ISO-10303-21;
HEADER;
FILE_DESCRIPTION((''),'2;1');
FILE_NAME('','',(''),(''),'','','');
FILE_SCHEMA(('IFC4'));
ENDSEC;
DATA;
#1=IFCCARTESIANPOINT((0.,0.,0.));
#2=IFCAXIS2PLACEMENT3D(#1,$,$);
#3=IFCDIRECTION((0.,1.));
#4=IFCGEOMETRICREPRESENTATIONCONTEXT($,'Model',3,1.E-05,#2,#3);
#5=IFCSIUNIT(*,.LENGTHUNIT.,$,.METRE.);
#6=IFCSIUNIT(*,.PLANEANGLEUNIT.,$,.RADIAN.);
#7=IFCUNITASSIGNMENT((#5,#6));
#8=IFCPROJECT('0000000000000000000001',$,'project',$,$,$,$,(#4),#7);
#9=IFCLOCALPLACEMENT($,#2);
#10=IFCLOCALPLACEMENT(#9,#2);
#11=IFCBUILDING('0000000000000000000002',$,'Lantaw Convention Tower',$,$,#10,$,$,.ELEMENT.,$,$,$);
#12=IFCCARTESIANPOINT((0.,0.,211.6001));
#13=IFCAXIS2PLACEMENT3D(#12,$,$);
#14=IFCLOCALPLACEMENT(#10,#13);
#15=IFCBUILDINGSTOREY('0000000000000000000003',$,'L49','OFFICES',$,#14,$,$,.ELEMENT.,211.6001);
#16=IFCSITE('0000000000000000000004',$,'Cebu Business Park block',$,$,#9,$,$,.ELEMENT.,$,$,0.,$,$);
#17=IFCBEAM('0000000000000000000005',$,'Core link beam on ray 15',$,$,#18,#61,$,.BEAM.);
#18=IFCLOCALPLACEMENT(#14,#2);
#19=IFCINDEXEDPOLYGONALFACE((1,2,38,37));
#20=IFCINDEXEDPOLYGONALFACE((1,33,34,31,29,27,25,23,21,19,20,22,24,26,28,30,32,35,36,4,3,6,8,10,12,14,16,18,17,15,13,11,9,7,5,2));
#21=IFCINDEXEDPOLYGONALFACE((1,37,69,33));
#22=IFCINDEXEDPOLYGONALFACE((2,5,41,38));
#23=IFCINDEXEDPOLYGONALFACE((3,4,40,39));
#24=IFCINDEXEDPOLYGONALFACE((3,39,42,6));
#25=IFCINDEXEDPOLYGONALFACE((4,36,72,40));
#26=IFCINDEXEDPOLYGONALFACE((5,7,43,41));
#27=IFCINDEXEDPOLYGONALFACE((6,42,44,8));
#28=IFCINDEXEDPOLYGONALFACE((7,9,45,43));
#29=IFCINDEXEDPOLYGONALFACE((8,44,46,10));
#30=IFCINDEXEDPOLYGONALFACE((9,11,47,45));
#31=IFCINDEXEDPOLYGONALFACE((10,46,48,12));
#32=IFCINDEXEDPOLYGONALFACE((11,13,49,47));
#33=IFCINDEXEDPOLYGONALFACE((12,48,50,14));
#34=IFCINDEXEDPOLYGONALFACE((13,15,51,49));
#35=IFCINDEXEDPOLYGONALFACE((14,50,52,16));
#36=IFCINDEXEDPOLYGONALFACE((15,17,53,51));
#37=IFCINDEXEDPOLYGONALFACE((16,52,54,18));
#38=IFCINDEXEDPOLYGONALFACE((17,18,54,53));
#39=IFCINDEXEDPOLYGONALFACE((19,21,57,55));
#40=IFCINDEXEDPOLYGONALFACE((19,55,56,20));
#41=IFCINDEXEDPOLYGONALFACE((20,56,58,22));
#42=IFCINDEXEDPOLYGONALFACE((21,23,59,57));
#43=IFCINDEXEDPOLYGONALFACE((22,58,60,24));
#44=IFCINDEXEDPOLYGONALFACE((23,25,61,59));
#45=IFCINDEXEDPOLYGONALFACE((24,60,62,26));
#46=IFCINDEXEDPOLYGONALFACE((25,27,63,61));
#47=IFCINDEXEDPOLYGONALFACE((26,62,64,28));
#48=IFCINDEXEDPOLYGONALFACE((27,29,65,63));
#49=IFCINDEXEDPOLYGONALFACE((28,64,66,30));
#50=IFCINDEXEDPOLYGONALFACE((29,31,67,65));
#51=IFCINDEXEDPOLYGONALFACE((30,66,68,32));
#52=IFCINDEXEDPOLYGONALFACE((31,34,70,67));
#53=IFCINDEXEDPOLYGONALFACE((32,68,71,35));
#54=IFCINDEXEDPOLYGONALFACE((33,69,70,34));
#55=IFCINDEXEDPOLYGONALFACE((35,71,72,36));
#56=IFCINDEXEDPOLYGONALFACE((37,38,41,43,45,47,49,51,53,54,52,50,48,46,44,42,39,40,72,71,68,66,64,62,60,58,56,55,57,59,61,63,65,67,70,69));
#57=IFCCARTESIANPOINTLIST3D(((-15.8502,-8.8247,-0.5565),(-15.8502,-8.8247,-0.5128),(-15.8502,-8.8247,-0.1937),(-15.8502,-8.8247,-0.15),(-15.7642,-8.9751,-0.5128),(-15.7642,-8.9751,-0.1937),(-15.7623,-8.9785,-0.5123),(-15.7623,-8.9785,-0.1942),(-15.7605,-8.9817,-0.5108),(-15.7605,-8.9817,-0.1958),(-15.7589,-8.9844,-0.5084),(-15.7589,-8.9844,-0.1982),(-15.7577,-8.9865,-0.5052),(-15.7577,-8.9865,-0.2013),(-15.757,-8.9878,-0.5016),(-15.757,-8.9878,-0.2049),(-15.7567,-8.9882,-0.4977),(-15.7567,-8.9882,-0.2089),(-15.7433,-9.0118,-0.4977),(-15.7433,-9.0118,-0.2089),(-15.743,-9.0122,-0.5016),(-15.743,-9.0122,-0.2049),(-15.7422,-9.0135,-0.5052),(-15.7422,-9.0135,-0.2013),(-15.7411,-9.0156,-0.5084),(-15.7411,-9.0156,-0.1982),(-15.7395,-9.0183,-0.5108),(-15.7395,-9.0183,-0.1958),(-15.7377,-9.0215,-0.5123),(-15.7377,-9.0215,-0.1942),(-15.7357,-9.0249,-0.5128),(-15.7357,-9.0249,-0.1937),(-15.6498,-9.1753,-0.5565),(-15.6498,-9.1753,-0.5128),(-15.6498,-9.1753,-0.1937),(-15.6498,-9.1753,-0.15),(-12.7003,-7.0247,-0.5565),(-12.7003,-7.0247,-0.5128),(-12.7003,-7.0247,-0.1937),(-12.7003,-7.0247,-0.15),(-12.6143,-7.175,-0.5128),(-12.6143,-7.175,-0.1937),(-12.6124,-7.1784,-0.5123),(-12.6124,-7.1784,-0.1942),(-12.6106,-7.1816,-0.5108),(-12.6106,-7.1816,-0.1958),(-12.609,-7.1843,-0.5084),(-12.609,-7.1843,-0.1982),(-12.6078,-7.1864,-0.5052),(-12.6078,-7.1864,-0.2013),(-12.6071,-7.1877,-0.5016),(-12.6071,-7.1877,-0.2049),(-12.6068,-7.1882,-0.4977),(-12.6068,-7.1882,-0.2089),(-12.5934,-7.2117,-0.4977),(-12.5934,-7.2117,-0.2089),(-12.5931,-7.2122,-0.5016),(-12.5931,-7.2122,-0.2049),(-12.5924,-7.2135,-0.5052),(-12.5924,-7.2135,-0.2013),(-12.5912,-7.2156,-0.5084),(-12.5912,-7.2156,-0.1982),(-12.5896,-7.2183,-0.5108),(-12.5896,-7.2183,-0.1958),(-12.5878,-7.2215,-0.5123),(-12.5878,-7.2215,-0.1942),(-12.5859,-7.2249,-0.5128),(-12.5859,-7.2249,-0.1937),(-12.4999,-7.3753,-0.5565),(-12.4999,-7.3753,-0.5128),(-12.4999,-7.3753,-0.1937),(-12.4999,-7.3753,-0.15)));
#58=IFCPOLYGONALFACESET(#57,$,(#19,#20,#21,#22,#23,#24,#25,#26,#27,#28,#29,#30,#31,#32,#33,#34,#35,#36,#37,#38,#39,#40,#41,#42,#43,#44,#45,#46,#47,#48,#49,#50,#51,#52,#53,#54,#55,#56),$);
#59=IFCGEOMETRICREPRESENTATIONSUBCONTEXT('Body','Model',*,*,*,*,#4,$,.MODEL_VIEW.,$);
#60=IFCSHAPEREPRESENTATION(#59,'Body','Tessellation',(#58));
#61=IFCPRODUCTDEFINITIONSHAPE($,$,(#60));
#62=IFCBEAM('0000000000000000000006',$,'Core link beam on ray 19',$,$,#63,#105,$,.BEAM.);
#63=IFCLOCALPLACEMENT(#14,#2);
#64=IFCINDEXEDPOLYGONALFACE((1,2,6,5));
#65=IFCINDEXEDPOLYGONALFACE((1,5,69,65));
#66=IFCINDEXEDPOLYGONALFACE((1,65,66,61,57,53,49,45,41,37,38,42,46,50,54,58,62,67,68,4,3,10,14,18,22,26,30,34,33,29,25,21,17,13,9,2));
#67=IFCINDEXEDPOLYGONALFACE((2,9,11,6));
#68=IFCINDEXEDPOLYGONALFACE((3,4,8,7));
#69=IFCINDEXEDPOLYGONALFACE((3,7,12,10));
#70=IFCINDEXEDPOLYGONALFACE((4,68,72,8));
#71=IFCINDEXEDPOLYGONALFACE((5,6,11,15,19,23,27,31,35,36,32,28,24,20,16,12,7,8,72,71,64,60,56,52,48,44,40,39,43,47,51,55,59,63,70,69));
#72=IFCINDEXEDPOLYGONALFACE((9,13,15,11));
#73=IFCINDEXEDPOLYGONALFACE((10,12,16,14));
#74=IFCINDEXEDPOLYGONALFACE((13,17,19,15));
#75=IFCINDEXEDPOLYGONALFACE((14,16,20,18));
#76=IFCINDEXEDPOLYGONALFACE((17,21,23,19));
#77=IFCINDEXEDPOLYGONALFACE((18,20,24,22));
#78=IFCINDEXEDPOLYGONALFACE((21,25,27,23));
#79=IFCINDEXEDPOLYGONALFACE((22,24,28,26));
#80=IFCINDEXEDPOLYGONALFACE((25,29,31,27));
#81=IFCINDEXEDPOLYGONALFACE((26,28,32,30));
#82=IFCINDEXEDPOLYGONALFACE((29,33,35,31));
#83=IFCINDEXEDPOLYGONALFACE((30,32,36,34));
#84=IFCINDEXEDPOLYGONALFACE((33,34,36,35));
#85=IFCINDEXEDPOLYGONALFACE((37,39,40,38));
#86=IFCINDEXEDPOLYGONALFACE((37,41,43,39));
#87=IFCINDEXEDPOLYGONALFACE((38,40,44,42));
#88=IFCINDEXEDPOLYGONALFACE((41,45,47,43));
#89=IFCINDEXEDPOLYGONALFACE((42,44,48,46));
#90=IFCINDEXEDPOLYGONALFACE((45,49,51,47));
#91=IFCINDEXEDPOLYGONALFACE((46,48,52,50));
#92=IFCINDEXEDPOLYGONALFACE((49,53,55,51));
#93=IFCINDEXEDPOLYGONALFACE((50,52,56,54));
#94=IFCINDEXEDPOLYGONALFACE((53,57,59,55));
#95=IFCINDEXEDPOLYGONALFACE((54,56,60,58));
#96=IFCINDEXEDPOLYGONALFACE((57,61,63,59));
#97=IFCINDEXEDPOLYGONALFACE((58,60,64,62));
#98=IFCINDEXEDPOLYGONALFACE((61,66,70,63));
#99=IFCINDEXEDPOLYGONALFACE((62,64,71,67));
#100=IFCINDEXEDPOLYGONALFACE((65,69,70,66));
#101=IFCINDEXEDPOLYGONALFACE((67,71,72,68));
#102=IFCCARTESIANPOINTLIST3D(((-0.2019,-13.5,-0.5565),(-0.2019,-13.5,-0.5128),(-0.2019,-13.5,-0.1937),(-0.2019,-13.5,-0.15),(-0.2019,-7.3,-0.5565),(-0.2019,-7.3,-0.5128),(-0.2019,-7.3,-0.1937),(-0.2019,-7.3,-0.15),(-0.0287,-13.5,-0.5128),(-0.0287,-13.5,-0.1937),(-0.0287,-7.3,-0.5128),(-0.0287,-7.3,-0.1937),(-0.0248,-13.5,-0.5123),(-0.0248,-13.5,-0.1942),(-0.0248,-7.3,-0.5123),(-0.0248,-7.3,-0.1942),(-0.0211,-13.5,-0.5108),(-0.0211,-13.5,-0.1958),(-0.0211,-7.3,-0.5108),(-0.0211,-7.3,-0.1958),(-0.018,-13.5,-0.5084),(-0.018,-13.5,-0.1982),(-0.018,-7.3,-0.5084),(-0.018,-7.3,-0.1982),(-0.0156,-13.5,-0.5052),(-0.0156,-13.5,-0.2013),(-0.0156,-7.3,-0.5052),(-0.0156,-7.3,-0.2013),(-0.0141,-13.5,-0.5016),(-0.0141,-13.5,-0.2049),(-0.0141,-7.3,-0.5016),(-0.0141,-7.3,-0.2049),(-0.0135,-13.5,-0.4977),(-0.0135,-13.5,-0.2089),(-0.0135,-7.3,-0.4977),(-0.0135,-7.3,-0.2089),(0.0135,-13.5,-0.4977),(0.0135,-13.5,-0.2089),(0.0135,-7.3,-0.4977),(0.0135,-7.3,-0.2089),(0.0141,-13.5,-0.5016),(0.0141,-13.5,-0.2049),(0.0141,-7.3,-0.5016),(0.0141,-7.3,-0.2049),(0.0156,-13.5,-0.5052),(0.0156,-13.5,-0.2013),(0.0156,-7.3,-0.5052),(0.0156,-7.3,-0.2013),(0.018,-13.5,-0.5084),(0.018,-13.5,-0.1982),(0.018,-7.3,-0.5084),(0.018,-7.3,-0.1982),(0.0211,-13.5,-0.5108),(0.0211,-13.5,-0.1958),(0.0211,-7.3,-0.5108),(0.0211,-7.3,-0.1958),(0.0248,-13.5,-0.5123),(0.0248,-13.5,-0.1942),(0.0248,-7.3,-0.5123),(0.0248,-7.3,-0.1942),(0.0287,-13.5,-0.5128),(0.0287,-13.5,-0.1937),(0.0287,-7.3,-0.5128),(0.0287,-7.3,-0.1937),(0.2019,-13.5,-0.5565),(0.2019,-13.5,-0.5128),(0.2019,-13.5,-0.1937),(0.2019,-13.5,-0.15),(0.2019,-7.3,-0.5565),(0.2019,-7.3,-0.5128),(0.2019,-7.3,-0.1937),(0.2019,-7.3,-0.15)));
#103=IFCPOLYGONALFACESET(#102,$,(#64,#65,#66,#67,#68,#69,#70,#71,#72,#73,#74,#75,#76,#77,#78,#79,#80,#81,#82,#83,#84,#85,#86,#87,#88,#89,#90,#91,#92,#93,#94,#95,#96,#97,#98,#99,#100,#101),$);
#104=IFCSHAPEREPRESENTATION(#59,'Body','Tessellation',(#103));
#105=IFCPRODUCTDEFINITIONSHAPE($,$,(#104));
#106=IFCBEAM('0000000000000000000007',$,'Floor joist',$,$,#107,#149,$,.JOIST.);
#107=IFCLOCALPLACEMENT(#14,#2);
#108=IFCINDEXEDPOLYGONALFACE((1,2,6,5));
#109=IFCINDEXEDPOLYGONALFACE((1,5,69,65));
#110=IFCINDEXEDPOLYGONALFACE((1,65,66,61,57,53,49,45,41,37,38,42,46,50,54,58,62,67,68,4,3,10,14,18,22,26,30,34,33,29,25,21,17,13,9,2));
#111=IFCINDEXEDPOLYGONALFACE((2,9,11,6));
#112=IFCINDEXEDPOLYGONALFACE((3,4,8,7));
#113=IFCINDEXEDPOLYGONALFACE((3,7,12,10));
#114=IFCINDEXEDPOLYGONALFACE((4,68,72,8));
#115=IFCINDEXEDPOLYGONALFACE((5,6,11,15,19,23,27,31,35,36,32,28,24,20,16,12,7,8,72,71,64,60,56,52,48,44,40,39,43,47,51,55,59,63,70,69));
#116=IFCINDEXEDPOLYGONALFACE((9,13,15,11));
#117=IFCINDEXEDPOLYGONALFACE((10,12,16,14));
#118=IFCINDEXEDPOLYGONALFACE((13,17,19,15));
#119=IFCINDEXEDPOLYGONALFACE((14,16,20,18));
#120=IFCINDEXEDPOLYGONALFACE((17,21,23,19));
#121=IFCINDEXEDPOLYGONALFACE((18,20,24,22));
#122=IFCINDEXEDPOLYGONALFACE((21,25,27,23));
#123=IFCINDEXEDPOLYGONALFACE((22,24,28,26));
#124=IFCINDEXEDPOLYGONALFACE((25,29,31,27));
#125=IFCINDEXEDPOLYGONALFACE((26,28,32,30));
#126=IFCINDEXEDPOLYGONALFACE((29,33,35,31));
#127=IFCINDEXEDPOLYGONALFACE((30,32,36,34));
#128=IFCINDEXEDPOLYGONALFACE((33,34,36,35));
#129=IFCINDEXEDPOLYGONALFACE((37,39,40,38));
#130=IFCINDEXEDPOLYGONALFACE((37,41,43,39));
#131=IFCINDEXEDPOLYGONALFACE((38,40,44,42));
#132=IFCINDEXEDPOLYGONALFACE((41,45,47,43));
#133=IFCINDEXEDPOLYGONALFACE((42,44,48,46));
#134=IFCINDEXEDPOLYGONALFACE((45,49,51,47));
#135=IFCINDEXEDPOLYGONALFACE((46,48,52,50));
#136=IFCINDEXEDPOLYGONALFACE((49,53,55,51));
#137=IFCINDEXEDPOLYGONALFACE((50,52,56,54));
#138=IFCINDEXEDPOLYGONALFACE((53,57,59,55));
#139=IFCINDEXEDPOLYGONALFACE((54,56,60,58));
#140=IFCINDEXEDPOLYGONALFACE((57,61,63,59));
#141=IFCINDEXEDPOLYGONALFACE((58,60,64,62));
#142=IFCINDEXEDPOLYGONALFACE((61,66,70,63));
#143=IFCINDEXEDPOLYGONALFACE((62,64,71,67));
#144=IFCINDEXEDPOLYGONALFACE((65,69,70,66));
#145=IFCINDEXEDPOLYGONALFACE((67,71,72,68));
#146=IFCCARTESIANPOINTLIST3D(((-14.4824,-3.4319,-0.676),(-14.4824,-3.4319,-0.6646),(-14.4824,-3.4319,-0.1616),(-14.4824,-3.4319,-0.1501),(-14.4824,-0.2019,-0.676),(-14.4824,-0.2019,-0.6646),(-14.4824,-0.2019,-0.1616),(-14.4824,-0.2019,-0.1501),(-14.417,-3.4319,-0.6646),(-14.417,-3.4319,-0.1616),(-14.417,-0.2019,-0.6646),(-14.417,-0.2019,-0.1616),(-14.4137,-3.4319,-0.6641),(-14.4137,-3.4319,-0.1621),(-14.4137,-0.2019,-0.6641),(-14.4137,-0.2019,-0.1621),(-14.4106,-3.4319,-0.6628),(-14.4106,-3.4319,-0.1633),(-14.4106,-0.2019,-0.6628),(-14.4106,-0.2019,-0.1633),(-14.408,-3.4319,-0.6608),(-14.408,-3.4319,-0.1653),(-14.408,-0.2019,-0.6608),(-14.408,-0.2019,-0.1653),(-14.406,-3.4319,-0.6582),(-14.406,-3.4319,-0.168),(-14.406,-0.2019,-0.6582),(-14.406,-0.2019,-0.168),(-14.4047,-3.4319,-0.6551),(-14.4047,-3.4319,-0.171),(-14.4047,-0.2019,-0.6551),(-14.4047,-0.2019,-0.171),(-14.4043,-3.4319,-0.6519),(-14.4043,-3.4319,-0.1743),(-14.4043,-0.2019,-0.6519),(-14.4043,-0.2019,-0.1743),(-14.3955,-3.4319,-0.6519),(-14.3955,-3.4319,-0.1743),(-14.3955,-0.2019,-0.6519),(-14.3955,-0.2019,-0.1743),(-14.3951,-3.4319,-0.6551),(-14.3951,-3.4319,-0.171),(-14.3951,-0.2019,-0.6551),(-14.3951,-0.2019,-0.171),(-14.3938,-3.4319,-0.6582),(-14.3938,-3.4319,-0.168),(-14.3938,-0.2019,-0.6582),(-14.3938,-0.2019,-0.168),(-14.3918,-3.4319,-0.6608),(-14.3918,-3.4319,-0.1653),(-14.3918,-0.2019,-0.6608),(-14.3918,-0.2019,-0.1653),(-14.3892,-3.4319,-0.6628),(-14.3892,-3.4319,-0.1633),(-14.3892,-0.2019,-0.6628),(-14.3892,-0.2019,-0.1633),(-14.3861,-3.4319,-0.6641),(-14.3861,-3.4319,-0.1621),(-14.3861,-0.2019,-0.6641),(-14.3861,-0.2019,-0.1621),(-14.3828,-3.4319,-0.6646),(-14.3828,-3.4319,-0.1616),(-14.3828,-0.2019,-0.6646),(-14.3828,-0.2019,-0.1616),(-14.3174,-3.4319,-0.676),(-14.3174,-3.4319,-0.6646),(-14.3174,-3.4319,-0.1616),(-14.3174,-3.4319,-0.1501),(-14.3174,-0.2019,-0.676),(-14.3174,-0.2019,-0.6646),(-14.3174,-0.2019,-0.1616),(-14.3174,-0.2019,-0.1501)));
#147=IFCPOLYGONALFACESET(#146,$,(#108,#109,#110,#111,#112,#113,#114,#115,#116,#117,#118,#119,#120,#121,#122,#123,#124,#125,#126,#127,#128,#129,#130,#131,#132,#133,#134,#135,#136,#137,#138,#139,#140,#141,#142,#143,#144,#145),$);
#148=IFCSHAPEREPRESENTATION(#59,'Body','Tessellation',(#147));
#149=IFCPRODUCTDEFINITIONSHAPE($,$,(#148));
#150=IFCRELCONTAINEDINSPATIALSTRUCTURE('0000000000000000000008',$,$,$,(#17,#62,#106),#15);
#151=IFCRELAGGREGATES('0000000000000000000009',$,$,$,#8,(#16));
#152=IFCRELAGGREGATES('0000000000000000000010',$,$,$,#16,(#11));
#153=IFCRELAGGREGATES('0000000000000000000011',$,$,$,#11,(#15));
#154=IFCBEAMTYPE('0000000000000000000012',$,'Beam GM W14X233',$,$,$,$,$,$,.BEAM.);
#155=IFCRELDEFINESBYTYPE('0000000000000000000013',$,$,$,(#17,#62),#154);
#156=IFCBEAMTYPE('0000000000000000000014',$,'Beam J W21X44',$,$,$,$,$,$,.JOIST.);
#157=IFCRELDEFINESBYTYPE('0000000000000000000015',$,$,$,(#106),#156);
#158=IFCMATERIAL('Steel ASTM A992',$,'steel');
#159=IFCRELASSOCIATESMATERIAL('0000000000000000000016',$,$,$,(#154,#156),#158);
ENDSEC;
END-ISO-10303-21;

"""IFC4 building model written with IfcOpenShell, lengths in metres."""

from ifc_helpers import new_model, si_unit, direction, frame, origin, origin_2d, place, context, subcontext, project, spatial, i_section, extrude, material, material_profile, profile_set, type_object, element, save


model = new_model("IFC4")

# Units and contexts
model_context = context("Model", 3, precision=1e-05, world=origin(), true_north=direction((0.0, 1.0)))
body_context = subcontext(model_context, "Body", "Model", "MODEL_VIEW")
ifc_project = project(units=[si_unit("LENGTHUNIT", "METRE"), si_unit("PLANEANGLEUNIT", "RADIAN")], contexts=[model_context])

# Site, building, storey
site_placement = place(None, origin())
site = spatial("IfcSite", under=ifc_project, at=site_placement, Name="Cebu Business Park block", CompositionType="ELEMENT", RefElevation=0.0)
building_placement = place(site_placement, origin())
building = spatial("IfcBuilding", under=site, at=building_placement, Name="Lantaw Convention Tower", CompositionType="ELEMENT")
storey_placement = place(building_placement, frame((0.0, 0.0, 211.6001)))
storey = spatial("IfcBuildingStorey", under=building, at=storey_placement, Name="L49", Description="OFFICES", CompositionType="ELEMENT", Elevation=211.6001)

# Beams
ifc_material_1 = material(Name="Steel ASTM A992", Category="steel")
ifc_material_profile_1 = material_profile(ifc_material_1, i_section(OverallWidth=0.4038, OverallDepth=0.4065, WebThickness=0.0271, FlangeThickness=0.0437, FilletRadius=0.0151, at=origin_2d()), Name="W14X233")
ifc_profile_set_1 = profile_set([ifc_material_profile_1], Name="Steel ASTM A992")
beam_type_1 = type_object("IfcBeamType", Name="Beam GM W14X233", PredefinedType="BEAM", material=ifc_profile_set_1)
beam_1_placement = place(storey_placement, frame((-12.6001, -7.2, -0.3533), z_axis=(-0.868231, -0.496161, 0.0), x_axis=(0.496161, -0.868231, 0.0)))
element("IfcBeam", 1, at=beam_1_placement, inside=storey, type_object=beam_type_1, Name="Core link beam on ray 15", PredefinedType="BEAM", context=body_context, shape_type="SweptSolid", body=[
    extrude(i_section(OverallWidth=0.4038, OverallDepth=0.4065, WebThickness=0.0271, FlangeThickness=0.0437, FilletRadius=0.0151, at=origin_2d()), origin(), (0.0, 0.0, 1.0), 3.6279),
])
beam_2_placement = place(storey_placement, frame((0.0, -7.3, -0.3533), z_axis=(0.0, -1.0, 0.0), x_axis=(1.0, 0.0, 0.0)))
element("IfcBeam", 2, at=beam_2_placement, inside=storey, type_object=beam_type_1, Name="Core link beam on ray 19", PredefinedType="BEAM", context=body_context, shape_type="SweptSolid", body=[
    extrude(i_section(OverallWidth=0.4038, OverallDepth=0.4065, WebThickness=0.0271, FlangeThickness=0.0437, FilletRadius=0.0151, at=origin_2d()), origin(), (0.0, 0.0, 1.0), 6.2),
])
ifc_material_profile_2 = material_profile(ifc_material_1, i_section(OverallWidth=0.165, OverallDepth=0.5259, WebThickness=0.0088, FlangeThickness=0.0115, FilletRadius=0.0127, at=origin_2d()), Name="W21X44")
ifc_profile_set_2 = profile_set([ifc_material_profile_2], Name="Steel ASTM A992")
beam_type_2 = type_object("IfcBeamType", Name="Beam J W21X44", PredefinedType="JOIST", material=ifc_profile_set_2)
beam_3_placement = place(storey_placement, frame((-14.3999, -3.4319, -0.4131), z_axis=(0.0, 1.0, 0.0), x_axis=(-1.0, 0.0, 0.0)))
element("IfcBeam", 3, at=beam_3_placement, inside=storey, type_object=beam_type_2, Name="Floor joist", PredefinedType="JOIST", context=body_context, shape_type="SweptSolid", body=[
    extrude(i_section(OverallWidth=0.165, OverallDepth=0.5259, WebThickness=0.0088, FlangeThickness=0.0115, FilletRadius=0.0127, at=origin_2d()), origin(), (0.0, 0.0, 1.0), 3.23),
])

save(model, "model.ifc")
